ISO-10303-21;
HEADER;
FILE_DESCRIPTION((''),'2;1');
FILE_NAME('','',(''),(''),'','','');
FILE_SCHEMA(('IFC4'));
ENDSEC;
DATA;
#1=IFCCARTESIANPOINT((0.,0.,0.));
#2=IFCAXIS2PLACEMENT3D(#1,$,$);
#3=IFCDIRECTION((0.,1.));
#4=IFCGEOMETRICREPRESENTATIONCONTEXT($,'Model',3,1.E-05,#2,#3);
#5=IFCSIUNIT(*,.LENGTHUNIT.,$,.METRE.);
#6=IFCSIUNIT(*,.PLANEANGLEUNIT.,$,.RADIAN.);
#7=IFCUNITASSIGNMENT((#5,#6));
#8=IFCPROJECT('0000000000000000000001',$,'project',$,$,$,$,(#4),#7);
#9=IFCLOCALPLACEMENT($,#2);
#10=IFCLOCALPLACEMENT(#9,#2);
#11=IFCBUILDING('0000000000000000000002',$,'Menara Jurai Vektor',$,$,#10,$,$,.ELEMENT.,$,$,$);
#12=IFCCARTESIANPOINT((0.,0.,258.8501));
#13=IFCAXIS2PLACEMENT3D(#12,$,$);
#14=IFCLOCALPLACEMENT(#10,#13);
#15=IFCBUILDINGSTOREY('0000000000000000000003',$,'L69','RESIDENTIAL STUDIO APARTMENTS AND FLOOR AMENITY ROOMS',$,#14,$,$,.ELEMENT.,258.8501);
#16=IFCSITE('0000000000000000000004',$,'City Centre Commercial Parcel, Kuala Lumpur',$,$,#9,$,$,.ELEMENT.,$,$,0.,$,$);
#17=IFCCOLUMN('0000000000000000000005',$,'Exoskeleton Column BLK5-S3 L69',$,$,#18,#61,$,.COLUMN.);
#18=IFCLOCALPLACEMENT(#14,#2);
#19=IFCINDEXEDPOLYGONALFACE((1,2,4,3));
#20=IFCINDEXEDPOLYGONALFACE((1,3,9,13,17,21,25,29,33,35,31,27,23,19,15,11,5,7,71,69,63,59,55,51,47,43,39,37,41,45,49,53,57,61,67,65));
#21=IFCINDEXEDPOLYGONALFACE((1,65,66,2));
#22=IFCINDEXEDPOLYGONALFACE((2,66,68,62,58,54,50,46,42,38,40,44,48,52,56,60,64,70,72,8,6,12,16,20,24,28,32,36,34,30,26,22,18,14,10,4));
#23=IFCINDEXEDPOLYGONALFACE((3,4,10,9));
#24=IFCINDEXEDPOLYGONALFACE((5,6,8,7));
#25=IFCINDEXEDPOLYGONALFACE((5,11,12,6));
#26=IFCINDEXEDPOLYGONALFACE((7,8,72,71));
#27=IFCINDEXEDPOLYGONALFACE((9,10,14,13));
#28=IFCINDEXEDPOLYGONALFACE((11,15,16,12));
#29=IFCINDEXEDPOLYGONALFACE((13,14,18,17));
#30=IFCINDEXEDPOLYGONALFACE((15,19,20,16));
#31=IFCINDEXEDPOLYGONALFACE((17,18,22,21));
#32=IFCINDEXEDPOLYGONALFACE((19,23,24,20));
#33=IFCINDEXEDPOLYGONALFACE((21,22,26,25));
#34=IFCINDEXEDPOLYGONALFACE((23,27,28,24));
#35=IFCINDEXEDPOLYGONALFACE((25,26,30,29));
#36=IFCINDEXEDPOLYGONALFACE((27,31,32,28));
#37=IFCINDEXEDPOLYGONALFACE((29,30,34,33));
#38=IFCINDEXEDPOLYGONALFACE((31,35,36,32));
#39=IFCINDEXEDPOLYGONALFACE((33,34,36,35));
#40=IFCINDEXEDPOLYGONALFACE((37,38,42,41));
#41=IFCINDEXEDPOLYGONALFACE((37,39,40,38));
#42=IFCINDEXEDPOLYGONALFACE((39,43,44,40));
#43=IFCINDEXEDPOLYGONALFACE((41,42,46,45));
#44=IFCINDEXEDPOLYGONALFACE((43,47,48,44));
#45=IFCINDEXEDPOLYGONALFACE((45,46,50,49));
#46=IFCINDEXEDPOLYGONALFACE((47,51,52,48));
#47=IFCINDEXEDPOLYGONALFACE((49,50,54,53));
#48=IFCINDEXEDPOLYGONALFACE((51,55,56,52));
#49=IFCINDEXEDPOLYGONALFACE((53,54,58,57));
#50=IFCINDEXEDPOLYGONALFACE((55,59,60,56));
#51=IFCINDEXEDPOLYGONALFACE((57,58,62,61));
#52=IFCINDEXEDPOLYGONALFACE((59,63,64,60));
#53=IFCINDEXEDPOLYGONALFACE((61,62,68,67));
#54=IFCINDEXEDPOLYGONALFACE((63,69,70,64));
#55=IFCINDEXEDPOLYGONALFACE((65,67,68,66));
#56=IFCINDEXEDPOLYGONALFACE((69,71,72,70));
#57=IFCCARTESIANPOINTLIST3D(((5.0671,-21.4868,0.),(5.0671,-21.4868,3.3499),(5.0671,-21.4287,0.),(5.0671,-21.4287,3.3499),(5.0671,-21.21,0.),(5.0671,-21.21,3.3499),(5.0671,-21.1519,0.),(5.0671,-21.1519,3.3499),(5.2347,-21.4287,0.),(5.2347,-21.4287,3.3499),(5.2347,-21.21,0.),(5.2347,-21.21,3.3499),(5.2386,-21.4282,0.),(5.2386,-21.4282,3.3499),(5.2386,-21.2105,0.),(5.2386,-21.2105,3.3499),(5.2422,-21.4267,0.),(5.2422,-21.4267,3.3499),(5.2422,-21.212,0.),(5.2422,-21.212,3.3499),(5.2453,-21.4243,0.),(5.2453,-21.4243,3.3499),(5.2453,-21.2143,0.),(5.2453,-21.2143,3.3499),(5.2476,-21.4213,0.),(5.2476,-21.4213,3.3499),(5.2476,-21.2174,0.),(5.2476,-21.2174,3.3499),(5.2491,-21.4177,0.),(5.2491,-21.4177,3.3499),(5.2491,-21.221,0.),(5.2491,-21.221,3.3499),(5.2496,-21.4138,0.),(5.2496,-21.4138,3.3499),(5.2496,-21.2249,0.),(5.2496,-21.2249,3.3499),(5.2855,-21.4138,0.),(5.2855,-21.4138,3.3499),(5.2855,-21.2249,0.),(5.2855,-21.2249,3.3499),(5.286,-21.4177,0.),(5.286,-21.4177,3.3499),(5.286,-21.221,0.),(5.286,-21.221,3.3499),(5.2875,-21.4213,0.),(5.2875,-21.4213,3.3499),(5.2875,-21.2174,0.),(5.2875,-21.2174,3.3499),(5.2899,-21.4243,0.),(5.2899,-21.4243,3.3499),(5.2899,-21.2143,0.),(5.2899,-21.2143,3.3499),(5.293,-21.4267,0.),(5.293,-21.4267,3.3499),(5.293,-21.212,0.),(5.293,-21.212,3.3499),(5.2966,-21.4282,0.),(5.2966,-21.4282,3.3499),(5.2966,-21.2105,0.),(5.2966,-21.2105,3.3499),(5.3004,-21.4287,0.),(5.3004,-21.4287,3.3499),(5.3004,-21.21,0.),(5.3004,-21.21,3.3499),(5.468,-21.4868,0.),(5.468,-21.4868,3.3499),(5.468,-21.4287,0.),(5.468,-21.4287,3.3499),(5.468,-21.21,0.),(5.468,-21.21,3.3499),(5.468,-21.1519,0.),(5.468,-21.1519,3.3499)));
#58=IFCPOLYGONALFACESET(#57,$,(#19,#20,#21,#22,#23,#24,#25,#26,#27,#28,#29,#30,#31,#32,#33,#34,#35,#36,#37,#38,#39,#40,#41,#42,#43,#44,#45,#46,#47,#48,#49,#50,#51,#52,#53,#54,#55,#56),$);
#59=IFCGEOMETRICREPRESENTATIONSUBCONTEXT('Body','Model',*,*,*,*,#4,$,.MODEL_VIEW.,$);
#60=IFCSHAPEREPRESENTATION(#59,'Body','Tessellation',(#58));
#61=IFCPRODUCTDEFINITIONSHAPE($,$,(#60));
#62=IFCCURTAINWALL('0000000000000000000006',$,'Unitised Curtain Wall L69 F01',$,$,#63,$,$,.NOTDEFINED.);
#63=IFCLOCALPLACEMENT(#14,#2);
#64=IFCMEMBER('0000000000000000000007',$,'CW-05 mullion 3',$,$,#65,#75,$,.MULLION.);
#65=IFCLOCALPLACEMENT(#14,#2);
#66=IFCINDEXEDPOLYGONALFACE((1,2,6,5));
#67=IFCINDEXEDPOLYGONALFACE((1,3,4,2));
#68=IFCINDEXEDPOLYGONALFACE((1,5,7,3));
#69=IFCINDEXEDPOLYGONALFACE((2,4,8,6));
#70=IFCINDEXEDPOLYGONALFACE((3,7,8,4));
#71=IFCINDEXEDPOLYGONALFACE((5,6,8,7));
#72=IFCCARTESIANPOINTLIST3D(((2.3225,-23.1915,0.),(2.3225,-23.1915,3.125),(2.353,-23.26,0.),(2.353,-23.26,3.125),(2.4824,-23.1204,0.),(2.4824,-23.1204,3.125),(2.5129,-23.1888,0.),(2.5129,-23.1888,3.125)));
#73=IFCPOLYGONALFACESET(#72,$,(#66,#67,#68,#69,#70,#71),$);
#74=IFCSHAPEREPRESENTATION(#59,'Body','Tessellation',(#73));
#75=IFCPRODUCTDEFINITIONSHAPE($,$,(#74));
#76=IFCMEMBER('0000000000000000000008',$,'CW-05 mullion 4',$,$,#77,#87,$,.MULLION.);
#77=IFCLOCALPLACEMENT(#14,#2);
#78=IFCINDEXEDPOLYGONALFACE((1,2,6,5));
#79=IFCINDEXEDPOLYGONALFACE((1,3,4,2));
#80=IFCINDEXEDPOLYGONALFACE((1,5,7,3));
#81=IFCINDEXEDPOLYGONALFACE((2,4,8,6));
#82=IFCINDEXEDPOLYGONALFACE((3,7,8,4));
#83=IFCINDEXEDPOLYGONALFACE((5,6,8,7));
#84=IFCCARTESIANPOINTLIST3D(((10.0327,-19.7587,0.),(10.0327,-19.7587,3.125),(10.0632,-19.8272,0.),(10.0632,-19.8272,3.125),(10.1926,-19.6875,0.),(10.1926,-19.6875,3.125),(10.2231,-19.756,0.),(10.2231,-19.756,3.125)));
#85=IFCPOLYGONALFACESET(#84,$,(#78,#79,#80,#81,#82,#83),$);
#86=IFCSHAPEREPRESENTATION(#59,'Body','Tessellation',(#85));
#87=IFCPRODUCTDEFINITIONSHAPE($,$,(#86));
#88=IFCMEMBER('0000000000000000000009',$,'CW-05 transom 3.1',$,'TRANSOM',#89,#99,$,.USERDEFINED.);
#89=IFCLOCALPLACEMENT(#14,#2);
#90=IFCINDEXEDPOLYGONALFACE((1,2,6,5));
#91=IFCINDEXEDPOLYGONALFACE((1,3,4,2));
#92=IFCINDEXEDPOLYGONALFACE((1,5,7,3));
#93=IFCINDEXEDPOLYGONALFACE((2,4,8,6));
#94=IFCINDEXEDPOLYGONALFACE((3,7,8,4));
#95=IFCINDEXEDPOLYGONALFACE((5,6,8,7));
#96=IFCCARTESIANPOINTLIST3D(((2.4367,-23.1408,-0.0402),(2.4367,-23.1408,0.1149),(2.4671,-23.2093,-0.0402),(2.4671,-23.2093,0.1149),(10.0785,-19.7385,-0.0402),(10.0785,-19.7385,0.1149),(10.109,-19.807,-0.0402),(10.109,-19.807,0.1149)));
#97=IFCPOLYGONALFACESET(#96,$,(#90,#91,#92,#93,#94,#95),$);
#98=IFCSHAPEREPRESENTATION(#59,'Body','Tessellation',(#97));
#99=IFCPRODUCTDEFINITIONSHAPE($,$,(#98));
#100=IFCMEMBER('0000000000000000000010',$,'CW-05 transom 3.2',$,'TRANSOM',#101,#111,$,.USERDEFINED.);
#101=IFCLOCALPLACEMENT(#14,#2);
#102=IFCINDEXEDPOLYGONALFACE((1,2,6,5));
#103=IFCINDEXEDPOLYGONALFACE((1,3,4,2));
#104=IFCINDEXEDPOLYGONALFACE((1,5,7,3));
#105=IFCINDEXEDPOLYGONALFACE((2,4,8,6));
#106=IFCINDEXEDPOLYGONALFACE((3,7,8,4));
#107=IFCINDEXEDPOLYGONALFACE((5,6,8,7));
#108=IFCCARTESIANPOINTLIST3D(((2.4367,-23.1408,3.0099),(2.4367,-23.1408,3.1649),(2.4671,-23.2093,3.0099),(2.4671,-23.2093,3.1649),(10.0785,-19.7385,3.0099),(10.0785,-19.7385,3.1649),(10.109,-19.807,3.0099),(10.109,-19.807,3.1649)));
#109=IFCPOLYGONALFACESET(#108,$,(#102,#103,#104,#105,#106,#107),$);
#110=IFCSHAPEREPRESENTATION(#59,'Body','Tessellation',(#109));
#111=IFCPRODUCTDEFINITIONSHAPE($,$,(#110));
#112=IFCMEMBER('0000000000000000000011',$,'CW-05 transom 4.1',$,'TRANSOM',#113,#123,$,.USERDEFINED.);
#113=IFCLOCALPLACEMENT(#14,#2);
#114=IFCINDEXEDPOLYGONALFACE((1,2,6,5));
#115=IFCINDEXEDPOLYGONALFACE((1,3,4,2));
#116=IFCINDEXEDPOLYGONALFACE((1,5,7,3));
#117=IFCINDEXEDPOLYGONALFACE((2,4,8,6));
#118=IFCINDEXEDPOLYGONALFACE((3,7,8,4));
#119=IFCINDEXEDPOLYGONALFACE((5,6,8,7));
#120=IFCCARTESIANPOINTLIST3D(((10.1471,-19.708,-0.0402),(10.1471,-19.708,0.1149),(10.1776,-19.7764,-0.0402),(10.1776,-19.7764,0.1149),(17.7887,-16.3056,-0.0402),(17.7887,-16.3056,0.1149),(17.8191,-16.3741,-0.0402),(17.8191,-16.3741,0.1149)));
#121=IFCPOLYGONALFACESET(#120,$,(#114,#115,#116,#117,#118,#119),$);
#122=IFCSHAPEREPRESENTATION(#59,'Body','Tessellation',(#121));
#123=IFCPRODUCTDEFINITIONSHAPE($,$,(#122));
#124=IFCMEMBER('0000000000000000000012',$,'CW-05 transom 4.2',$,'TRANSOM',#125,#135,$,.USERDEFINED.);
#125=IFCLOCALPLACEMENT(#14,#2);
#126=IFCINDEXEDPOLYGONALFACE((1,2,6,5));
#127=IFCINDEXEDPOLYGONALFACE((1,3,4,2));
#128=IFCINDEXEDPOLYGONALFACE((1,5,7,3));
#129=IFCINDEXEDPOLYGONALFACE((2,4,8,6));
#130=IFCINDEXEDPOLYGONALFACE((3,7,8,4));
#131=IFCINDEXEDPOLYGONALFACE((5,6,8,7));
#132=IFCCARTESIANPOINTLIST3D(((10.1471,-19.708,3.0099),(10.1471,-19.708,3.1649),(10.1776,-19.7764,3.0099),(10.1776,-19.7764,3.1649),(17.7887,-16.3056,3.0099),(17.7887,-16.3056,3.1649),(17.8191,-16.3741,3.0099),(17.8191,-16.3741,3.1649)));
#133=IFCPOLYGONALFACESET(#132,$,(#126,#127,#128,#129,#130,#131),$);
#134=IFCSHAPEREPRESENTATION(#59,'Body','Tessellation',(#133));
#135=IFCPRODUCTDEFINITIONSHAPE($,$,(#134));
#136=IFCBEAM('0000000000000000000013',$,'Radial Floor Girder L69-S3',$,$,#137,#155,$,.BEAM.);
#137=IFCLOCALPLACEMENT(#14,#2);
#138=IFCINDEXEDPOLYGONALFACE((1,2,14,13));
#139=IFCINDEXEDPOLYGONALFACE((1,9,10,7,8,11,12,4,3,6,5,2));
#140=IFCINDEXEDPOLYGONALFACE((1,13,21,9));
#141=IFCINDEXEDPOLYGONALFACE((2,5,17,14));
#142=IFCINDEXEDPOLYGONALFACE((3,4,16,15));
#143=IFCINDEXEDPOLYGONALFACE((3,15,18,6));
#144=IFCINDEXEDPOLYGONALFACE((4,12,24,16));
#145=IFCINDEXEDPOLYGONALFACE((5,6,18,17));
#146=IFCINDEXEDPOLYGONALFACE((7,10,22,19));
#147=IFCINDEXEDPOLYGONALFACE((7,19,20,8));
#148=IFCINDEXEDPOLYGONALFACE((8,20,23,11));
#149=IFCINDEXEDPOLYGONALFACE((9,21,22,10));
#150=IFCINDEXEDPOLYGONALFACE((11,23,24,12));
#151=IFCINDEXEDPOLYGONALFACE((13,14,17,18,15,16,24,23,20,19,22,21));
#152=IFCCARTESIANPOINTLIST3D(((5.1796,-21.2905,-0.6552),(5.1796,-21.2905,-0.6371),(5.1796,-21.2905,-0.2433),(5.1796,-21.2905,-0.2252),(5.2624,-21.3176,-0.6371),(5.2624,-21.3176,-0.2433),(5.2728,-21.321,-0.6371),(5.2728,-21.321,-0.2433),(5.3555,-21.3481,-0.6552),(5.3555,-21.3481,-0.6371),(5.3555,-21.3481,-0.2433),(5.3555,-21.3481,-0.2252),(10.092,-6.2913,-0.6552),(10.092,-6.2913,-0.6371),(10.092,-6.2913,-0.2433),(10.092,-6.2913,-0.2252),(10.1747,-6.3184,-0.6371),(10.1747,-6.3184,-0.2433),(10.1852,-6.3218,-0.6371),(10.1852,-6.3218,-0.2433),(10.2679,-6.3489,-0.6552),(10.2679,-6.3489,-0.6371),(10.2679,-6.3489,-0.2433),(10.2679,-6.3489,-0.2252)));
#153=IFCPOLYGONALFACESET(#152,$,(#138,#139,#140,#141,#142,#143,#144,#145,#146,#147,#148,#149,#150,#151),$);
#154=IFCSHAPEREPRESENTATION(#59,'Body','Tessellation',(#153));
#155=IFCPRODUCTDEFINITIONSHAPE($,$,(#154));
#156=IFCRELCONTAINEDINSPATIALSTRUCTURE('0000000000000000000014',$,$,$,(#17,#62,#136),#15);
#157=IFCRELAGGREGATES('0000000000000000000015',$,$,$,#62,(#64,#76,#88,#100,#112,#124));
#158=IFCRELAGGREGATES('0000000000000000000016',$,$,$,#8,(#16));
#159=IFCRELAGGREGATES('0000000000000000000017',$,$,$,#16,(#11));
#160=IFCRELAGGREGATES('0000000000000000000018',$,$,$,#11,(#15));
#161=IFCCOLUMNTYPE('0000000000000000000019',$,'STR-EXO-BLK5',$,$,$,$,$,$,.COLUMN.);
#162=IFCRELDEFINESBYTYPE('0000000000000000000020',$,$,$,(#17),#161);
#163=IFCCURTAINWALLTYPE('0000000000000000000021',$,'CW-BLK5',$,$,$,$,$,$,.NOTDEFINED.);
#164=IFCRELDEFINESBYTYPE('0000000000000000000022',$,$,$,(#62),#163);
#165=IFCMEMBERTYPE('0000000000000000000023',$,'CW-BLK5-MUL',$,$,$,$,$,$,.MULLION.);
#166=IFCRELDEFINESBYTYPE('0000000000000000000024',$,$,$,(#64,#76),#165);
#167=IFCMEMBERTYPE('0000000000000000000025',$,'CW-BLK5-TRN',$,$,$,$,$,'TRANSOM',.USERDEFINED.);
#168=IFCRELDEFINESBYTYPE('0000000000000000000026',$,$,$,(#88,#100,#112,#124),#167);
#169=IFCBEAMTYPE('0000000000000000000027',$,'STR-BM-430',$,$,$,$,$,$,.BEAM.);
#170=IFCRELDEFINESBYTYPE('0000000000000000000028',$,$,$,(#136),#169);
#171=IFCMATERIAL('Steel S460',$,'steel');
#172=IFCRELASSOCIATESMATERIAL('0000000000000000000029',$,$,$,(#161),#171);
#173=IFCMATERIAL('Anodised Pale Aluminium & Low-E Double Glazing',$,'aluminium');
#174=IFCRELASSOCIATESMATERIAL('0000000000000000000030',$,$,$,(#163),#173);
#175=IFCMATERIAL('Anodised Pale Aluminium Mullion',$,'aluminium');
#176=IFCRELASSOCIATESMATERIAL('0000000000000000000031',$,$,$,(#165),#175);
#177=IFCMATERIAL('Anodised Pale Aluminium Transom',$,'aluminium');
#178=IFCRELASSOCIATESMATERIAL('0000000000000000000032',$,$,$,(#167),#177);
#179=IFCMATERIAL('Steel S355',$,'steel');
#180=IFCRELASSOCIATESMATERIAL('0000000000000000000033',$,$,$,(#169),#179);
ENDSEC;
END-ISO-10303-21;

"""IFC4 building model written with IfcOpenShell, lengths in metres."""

from ifc_helpers import new_model, si_unit, direction, frame, origin, origin_2d, place, context, subcontext, project, spatial, rectangle, i_section, extrude, material, material_profile, profile_set, type_object, element, aggregate, save


model = new_model("IFC4")

# Units and contexts
model_context = context("Model", 3, precision=1e-05, world=origin(), true_north=direction((0.0, 1.0)))
body_context = subcontext(model_context, "Body", "Model", "MODEL_VIEW")
ifc_project = project(units=[si_unit("LENGTHUNIT", "METRE"), si_unit("PLANEANGLEUNIT", "RADIAN")], contexts=[model_context])

# Site, building, storey
site_placement = place(None, origin())
site = spatial("IfcSite", under=ifc_project, at=site_placement, Name="City Centre Commercial Parcel, Kuala Lumpur", CompositionType="ELEMENT", RefElevation=0.0)
building_placement = place(site_placement, origin())
building = spatial("IfcBuilding", under=site, at=building_placement, Name="Menara Jurai Vektor", CompositionType="ELEMENT")
storey_placement = place(building_placement, frame((0.0, 0.0, 258.8501)))
storey = spatial("IfcBuildingStorey", under=building, at=storey_placement, Name="L69", Description="RESIDENTIAL STUDIO APARTMENTS AND FLOOR AMENITY ROOMS", CompositionType="ELEMENT", Elevation=258.8501)

# Column
ifc_material_1 = material(Name="Steel S460", Category="steel")
ifc_material_profile_1 = material_profile(ifc_material_1, i_section(OverallWidth=0.4009, OverallDepth=0.335, WebThickness=0.0359, FlangeThickness=0.0581, FilletRadius=0.0149, at=origin_2d()), Name="HD 400x463")
ifc_profile_set_1 = profile_set([ifc_material_profile_1], Name="Steel S460")
column_type = type_object("IfcColumnType", Name="STR-EXO-BLK5", PredefinedType="COLUMN", material=ifc_profile_set_1)
column_placement = place(storey_placement, frame((5.2676, -21.3193, 0.0), z_axis=(0.0, 0.0, 1.0), x_axis=(1.0, 0.0, 0.0)))
element("IfcColumn", 1, at=column_placement, inside=storey, type_object=column_type, Name="Exoskeleton Column BLK5-S3 L69", PredefinedType="COLUMN", context=body_context, shape_type="SweptSolid", body=[
    extrude(i_section(OverallWidth=0.4009, OverallDepth=0.335, WebThickness=0.0359, FlangeThickness=0.0581, FilletRadius=0.0149, at=origin_2d()), origin(), (0.0, 0.0, 1.0), 3.3499),
])

# Curtain wall, members
ifc_material_2 = material(Name="Anodised Pale Aluminium & Low-E Double Glazing", Category="aluminium")
curtain_wall_type = type_object("IfcCurtainWallType", Name="CW-BLK5", PredefinedType="NOTDEFINED", material=ifc_material_2)
curtain_wall_placement = place(storey_placement, origin())
curtain_wall = element("IfcCurtainWall", 2, at=curtain_wall_placement, inside=storey, type_object=curtain_wall_type, Name="Unitised Curtain Wall L69 F01", PredefinedType="NOTDEFINED")
ifc_material_3 = material(Name="Anodised Pale Aluminium Mullion", Category="aluminium")
ifc_material_profile_2 = material_profile(ifc_material_3, rectangle(XDim=0.075, YDim=0.175, at=origin_2d()), Name="ALU MUL 75x175")
ifc_profile_set_2 = profile_set([ifc_material_profile_2], Name="Anodised Pale Aluminium Mullion")
member_type_1 = type_object("IfcMemberType", Name="CW-BLK5-MUL", PredefinedType="MULLION", material=ifc_profile_set_2)
member_1_placement = place(storey_placement, frame((2.4177, -23.1902, 0.0), z_axis=(0.0, 0.0, 1.0), x_axis=(-0.406735, 0.913546, 0.0)))
member_1 = element("IfcMember", 3, at=member_1_placement, type_object=member_type_1, Name="CW-05 mullion 3", PredefinedType="MULLION", context=body_context, shape_type="SweptSolid", body=[
    extrude(rectangle(XDim=0.075, YDim=0.175, at=origin_2d()), origin(), (0.0, 0.0, 1.0), 3.125),
])
member_2_placement = place(storey_placement, frame((10.1279, -19.7573, 0.0), z_axis=(0.0, 0.0, 1.0), x_axis=(-0.406735, 0.913546, 0.0)))
member_2 = element("IfcMember", 4, at=member_2_placement, type_object=member_type_1, Name="CW-05 mullion 4", PredefinedType="MULLION", context=body_context, shape_type="SweptSolid", body=[
    extrude(rectangle(XDim=0.075, YDim=0.175, at=origin_2d()), origin(), (0.0, 0.0, 1.0), 3.125),
])
ifc_material_4 = material(Name="Anodised Pale Aluminium Transom", Category="aluminium")
ifc_material_profile_3 = material_profile(ifc_material_4, rectangle(XDim=0.075, YDim=0.155, at=origin_2d()), Name="ALU TRN 75x155")
ifc_profile_set_3 = profile_set([ifc_material_profile_3], Name="Anodised Pale Aluminium Transom")
member_type_2 = type_object("IfcMemberType", Name="CW-BLK5-TRN", ElementType="TRANSOM", PredefinedType="USERDEFINED", material=ifc_profile_set_3)
member_3_placement = place(storey_placement, frame((2.4519, -23.175, 0.0374), z_axis=(0.913547, 0.406734, 0.0), x_axis=(-0.406734, 0.913547, 0.0)))
member_3 = element("IfcMember", 5, at=member_3_placement, type_object=member_type_2, Name="CW-05 transom 3.1", ObjectType="TRANSOM", PredefinedType="USERDEFINED", context=body_context, shape_type="SweptSolid", body=[
    extrude(rectangle(XDim=0.075, YDim=0.155, at=origin_2d()), origin(), (0.0, 0.0, 1.0), 8.365),
])
member_4_placement = place(storey_placement, frame((2.4519, -23.175, 3.0874), z_axis=(0.913547, 0.406734, 0.0), x_axis=(-0.406734, 0.913547, 0.0)))
member_4 = element("IfcMember", 6, at=member_4_placement, type_object=member_type_2, Name="CW-05 transom 3.2", ObjectType="TRANSOM", PredefinedType="USERDEFINED", context=body_context, shape_type="SweptSolid", body=[
    extrude(rectangle(XDim=0.075, YDim=0.155, at=origin_2d()), origin(), (0.0, 0.0, 1.0), 8.365),
])
member_5_placement = place(storey_placement, frame((10.1624, -19.7422, 0.0374), z_axis=(0.913542, 0.406745, 0.0), x_axis=(-0.406745, 0.913542, 0.0)))
member_5 = element("IfcMember", 7, at=member_5_placement, type_object=member_type_2, Name="CW-05 transom 4.1", ObjectType="TRANSOM", PredefinedType="USERDEFINED", context=body_context, shape_type="SweptSolid", body=[
    extrude(rectangle(XDim=0.075, YDim=0.155, at=origin_2d()), origin(), (0.0, 0.0, 1.0), 8.3647),
])
member_6_placement = place(storey_placement, frame((10.1624, -19.7422, 3.0874), z_axis=(0.913542, 0.406745, 0.0), x_axis=(-0.406745, 0.913542, 0.0)))
member_6 = element("IfcMember", 8, at=member_6_placement, type_object=member_type_2, Name="CW-05 transom 4.2", ObjectType="TRANSOM", PredefinedType="USERDEFINED", context=body_context, shape_type="SweptSolid", body=[
    extrude(rectangle(XDim=0.075, YDim=0.155, at=origin_2d()), origin(), (0.0, 0.0, 1.0), 8.3647),
])

# Beam
ifc_material_5 = material(Name="Steel S355", Category="steel")
ifc_material_profile_4 = material_profile(ifc_material_5, i_section(OverallWidth=0.1851, OverallDepth=0.4299, WebThickness=0.011, FlangeThickness=0.0181, at=origin_2d()), Name="PG 430x185x76")
ifc_profile_set_4 = profile_set([ifc_material_profile_4], Name="Steel S355")
beam_type_1 = type_object("IfcBeamType", Name="STR-BM-430", PredefinedType="BEAM", material=ifc_profile_set_4)
beam_1_placement = place(storey_placement, frame((5.2676, -21.3193, -0.4402), z_axis=(0.311239, 0.950332, 0.0), x_axis=(-0.950332, 0.311239, 0.0)))
element("IfcBeam", 9, at=beam_1_placement, inside=storey, type_object=beam_type_1, Name="Radial Floor Girder L69-S3", PredefinedType="BEAM", context=body_context, shape_type="SweptSolid", body=[
    extrude(i_section(OverallWidth=0.1851, OverallDepth=0.4299, WebThickness=0.011, FlangeThickness=0.0181, at=origin_2d()), origin(), (0.0, 0.0, 1.0), 15.7832),
])

aggregate(curtain_wall, [member_1, member_2, member_3, member_4, member_5, member_6])

save(model, "model.ifc")
